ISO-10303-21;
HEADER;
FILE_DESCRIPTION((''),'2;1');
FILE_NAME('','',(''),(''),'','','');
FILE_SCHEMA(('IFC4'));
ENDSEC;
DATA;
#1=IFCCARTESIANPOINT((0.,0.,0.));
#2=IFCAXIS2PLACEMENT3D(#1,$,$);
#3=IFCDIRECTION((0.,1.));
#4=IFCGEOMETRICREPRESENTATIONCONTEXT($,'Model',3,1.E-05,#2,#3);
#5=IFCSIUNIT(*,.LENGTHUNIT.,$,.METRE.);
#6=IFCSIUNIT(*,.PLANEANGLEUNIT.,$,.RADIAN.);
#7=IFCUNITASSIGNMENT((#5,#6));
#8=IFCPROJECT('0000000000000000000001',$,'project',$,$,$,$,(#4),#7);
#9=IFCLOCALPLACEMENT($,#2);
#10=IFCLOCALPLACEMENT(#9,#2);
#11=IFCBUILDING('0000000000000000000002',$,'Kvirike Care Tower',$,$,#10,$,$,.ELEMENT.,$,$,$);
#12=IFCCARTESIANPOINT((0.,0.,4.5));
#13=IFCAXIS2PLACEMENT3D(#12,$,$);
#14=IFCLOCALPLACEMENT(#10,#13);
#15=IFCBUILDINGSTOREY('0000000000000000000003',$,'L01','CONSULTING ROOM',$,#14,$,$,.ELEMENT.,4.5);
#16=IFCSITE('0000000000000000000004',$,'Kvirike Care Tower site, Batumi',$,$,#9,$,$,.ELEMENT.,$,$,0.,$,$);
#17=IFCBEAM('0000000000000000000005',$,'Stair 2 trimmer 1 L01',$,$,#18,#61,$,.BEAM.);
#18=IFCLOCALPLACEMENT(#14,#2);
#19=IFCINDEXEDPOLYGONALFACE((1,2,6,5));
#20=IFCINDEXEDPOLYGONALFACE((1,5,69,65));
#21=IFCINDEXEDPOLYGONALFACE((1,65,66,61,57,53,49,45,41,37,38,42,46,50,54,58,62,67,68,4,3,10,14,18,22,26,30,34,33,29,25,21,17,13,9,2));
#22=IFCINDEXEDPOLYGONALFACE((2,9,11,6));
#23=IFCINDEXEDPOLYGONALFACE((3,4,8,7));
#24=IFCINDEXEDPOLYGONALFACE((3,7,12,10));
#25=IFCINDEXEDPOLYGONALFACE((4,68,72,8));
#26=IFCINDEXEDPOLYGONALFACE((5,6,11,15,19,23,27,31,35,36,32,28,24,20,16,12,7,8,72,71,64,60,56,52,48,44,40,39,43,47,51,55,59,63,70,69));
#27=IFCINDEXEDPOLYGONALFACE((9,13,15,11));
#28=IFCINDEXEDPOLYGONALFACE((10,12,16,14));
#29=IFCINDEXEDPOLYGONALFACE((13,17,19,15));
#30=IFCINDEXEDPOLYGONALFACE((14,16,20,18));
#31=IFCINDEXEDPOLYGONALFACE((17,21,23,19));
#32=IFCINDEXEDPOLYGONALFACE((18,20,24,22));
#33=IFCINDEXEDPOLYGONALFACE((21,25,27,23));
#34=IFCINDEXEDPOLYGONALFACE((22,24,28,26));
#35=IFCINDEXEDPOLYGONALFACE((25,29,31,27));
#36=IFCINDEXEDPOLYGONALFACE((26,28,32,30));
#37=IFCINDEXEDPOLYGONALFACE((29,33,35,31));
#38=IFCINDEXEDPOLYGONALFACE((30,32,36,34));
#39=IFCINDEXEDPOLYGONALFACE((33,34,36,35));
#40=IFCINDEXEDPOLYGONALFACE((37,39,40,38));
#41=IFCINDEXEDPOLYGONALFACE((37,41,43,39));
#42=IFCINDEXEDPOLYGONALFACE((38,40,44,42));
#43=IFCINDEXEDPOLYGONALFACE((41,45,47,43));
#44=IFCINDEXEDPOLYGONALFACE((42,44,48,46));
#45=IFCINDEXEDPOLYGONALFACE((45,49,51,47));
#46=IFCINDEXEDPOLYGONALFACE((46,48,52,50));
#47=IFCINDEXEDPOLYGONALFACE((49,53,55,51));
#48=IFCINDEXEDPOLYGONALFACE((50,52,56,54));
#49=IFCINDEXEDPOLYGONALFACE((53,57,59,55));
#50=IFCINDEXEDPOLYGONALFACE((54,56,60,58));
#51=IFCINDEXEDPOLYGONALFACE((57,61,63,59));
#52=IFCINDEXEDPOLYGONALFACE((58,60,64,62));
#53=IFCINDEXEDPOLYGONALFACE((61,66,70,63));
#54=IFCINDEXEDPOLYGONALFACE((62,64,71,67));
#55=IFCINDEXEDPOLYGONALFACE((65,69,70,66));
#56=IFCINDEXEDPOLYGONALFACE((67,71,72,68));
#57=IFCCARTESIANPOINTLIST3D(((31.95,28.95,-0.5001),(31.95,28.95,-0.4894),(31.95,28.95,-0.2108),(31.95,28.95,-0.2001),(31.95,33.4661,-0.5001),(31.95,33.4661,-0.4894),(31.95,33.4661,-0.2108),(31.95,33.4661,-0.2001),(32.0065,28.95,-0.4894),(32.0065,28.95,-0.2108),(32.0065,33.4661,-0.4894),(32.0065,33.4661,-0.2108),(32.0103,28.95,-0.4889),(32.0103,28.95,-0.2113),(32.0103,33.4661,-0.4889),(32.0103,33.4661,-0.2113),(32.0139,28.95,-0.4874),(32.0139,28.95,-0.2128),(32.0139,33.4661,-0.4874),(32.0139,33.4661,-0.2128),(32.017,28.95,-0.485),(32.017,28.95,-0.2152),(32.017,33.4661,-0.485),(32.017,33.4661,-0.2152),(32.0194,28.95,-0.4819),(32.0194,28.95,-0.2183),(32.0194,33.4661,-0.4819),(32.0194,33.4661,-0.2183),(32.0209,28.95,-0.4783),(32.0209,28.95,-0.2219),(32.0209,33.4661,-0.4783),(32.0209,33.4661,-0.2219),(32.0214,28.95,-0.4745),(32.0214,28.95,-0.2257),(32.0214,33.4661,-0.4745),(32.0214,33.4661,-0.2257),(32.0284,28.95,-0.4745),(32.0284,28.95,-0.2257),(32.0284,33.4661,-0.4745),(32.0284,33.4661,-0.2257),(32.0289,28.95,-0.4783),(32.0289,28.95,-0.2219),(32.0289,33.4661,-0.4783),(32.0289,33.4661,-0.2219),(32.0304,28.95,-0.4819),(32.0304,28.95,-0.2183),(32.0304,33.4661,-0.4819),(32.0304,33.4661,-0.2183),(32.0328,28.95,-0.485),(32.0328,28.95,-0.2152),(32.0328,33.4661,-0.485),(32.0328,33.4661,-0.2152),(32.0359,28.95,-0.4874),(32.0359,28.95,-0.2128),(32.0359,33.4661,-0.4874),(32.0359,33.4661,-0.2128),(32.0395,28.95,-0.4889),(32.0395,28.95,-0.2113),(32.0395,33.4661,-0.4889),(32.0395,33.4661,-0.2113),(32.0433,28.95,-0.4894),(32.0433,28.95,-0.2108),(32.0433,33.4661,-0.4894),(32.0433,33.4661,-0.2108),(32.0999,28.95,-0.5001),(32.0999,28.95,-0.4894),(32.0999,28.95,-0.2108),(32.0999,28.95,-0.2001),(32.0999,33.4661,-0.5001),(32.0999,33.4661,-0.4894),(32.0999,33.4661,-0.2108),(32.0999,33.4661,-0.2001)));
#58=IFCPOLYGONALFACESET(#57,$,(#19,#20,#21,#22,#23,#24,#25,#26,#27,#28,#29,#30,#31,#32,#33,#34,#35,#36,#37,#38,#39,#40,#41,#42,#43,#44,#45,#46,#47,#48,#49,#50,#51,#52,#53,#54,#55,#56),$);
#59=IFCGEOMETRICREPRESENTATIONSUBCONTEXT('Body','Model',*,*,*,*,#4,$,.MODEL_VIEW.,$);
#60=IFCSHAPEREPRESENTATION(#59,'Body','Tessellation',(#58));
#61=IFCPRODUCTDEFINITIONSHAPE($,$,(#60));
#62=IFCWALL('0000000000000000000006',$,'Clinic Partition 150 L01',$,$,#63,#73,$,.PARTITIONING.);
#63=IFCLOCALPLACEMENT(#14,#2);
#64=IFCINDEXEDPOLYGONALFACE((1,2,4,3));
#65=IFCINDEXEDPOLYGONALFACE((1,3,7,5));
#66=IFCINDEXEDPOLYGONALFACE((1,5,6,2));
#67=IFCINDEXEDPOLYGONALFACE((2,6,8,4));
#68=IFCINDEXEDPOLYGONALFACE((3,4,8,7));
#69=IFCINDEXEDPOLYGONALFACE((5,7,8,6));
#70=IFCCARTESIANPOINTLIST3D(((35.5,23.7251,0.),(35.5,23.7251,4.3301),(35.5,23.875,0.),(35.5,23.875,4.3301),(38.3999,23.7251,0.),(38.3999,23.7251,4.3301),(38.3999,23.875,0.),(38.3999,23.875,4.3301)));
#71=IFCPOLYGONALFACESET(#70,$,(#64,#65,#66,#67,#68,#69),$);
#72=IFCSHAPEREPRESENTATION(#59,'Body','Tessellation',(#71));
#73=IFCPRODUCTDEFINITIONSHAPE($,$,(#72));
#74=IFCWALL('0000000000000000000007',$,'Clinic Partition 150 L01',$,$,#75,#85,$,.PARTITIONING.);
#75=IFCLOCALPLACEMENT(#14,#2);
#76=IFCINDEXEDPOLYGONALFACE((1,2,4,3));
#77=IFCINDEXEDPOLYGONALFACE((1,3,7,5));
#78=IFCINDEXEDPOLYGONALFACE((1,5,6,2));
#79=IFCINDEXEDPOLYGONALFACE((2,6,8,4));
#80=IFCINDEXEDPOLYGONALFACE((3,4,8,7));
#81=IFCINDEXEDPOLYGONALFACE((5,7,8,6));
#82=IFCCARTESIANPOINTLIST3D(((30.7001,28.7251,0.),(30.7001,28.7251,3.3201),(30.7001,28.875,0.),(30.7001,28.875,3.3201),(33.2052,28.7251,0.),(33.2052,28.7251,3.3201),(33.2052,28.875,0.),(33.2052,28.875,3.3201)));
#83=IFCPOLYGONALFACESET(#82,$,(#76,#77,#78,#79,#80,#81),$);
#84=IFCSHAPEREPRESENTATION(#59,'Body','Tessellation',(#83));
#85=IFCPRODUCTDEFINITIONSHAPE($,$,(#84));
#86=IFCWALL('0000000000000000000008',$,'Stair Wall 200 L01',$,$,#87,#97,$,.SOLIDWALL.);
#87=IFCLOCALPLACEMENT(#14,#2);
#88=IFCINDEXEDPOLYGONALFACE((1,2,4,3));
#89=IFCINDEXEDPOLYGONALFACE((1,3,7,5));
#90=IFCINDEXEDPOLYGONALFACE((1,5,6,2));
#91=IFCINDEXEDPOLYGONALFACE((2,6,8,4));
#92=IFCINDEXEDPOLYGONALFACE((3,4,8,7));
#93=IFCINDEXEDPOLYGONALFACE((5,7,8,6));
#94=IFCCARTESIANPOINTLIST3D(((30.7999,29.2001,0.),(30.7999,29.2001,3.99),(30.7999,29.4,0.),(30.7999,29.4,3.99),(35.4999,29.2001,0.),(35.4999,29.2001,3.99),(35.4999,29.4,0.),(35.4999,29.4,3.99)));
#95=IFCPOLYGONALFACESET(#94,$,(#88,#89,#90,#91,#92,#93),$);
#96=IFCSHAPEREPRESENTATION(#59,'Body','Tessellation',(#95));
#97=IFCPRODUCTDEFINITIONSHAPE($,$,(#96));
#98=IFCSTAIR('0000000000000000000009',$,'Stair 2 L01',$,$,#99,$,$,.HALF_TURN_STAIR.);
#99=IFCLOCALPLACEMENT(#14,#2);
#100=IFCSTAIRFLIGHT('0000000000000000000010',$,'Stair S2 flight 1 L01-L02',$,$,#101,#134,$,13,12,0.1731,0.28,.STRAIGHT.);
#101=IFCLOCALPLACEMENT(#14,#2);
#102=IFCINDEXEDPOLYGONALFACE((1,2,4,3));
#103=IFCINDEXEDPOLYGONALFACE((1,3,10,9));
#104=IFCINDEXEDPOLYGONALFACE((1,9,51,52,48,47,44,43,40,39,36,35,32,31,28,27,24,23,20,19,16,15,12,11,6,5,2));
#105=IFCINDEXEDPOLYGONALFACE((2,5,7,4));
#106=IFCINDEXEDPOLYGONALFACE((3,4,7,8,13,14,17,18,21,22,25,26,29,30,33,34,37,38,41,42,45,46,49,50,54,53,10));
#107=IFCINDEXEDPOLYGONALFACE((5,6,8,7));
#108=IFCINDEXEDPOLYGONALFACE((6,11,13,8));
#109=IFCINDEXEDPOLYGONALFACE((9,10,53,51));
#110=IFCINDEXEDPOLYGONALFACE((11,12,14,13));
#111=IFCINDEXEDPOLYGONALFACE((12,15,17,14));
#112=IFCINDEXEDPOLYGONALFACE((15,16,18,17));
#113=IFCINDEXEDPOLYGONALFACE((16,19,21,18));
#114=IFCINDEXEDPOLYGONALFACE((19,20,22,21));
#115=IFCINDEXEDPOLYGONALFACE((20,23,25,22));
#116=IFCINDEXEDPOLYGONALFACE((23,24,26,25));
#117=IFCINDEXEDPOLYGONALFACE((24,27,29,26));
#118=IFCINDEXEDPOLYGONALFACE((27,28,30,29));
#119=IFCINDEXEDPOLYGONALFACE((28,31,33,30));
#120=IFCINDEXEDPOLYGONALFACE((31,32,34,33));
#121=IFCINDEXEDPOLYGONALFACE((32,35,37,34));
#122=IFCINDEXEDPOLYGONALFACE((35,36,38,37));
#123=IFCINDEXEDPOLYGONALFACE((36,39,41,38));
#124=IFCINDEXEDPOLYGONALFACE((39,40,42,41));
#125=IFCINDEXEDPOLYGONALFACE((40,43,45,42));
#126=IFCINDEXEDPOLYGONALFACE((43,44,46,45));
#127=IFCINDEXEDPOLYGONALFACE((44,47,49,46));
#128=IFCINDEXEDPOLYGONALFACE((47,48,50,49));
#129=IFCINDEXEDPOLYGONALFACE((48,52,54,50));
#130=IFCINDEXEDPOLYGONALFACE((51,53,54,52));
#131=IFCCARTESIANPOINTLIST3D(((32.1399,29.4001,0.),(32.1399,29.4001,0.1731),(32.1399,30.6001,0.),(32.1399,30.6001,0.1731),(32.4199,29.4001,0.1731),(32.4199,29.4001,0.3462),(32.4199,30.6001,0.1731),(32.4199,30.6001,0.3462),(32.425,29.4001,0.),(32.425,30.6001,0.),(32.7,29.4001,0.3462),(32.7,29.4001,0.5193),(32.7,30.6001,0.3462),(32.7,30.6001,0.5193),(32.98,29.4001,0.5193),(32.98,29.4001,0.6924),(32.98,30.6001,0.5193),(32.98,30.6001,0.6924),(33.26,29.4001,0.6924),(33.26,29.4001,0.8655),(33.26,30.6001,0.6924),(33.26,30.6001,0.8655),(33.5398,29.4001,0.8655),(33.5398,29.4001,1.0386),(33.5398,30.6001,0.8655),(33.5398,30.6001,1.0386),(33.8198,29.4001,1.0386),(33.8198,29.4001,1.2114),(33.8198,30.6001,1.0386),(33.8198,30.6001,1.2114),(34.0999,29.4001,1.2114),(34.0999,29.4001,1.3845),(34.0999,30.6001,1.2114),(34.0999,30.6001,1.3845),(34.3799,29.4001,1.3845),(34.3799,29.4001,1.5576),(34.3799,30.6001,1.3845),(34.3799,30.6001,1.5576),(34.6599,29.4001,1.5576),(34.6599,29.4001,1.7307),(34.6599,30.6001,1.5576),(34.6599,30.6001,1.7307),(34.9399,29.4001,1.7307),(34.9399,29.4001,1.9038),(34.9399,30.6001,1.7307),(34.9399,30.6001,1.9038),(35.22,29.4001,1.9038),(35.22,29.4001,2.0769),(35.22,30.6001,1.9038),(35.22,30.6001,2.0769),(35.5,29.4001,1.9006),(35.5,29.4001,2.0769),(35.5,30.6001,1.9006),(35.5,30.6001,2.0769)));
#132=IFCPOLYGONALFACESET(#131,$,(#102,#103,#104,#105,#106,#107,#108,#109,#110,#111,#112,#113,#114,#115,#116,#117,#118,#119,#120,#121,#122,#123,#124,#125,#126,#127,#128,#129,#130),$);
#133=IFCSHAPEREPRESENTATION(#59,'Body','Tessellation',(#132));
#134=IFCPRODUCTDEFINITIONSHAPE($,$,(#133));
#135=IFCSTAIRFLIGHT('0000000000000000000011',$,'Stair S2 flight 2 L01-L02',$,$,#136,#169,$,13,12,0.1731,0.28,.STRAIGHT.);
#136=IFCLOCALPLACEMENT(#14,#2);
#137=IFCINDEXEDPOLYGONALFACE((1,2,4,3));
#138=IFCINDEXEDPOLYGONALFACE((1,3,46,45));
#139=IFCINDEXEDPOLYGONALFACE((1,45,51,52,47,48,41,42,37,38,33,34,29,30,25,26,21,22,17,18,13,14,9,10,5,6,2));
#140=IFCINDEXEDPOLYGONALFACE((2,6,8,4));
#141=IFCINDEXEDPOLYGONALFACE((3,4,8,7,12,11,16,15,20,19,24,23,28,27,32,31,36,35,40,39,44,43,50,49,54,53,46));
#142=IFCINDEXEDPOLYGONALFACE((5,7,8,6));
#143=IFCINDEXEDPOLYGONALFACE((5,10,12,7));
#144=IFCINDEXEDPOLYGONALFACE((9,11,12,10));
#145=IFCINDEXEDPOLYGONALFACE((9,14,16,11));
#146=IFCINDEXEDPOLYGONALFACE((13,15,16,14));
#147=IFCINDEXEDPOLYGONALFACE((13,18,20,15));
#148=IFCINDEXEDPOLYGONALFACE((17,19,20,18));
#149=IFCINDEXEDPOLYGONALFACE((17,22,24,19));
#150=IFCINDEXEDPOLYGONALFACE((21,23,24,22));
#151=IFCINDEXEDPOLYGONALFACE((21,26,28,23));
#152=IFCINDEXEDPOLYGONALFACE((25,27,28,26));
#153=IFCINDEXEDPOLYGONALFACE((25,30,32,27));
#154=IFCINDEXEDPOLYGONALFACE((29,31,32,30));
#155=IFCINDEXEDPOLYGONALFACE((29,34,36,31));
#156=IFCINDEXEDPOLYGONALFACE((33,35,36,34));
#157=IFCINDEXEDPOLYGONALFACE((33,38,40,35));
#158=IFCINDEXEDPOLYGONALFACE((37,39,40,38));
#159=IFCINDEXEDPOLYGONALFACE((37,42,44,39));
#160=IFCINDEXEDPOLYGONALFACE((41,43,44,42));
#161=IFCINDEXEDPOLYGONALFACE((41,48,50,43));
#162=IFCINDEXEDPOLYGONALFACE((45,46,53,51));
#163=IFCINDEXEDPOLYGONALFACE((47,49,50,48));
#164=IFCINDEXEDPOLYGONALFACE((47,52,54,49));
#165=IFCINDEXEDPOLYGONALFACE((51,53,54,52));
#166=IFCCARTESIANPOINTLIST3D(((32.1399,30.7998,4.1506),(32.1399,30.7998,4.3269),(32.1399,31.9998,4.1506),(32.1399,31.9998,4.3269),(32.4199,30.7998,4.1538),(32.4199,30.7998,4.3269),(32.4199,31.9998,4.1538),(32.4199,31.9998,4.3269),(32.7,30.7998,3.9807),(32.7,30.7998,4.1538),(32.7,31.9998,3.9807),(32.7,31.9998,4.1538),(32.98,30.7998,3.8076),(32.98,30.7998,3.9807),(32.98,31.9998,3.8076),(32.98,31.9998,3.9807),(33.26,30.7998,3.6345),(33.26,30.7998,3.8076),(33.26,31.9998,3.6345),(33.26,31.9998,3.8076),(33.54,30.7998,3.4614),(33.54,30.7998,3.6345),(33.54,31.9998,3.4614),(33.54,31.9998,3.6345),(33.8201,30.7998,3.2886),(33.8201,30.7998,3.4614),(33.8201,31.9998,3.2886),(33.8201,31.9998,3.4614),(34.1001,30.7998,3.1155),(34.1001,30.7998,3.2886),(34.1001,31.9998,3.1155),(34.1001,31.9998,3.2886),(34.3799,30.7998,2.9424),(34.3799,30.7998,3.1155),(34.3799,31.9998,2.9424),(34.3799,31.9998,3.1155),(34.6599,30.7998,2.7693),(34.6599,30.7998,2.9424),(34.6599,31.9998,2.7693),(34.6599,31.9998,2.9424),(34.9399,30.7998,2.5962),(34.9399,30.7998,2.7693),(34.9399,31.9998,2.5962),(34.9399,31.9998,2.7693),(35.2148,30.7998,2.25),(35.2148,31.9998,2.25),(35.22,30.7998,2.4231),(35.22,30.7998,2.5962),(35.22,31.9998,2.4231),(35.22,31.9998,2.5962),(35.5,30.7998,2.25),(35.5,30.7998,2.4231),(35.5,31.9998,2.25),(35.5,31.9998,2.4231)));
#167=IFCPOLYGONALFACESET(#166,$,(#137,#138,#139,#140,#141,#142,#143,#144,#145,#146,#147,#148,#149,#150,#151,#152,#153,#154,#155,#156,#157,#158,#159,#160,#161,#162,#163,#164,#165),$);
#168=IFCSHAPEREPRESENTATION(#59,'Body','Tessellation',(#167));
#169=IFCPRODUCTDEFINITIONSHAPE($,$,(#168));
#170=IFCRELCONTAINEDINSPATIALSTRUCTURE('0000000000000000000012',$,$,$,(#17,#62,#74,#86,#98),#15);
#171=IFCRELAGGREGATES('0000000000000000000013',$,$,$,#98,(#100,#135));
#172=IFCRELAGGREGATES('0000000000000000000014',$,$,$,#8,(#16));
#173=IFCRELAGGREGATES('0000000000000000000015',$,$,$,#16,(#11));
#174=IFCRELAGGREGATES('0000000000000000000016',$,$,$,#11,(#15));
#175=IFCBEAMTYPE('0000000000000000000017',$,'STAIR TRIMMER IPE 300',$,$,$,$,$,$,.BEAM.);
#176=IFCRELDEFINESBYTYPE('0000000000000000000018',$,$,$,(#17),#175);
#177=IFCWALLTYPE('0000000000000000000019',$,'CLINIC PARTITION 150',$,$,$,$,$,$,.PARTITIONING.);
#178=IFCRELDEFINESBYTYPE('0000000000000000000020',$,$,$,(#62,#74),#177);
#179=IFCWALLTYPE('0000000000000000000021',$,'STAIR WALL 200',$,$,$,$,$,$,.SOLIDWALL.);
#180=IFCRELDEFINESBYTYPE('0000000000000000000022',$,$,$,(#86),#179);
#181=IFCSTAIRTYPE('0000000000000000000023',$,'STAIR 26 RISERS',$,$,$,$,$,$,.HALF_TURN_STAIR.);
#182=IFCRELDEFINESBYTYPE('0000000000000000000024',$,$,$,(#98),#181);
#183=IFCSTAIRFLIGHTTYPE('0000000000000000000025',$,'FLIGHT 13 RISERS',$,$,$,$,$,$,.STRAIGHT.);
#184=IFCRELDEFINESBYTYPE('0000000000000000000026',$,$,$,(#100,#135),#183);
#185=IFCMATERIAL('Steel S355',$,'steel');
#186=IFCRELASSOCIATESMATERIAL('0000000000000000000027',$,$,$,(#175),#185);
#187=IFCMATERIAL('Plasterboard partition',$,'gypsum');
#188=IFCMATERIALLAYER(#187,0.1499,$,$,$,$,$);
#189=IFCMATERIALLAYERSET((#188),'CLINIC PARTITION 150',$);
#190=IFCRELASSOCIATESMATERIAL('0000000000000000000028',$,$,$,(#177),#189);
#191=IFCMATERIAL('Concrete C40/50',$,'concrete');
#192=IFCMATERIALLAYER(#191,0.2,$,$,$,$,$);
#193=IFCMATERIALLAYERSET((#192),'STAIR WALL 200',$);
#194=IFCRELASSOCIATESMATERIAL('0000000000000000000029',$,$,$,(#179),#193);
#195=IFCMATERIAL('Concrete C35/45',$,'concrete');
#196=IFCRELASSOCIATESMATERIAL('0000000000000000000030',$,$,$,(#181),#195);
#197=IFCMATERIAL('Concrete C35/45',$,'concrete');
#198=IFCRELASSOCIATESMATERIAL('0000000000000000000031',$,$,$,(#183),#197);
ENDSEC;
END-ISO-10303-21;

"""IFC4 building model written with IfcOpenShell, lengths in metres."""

from ifc_helpers import new_model, si_unit, direction, frame, frame_2d, origin, origin_2d, place, context, subcontext, project, spatial, polyline, rectangle, i_section, outline, extrude, material, layer, layer_set, material_profile, profile_set, type_object, element, aggregate, save


model = new_model("IFC4")

# Units and contexts
model_context = context("Model", 3, precision=1e-05, world=origin(), true_north=direction((0.0, 1.0)))
body_context = subcontext(model_context, "Body", "Model", "MODEL_VIEW")
ifc_project = project(units=[si_unit("LENGTHUNIT", "METRE"), si_unit("PLANEANGLEUNIT", "RADIAN")], contexts=[model_context])

# Site, building, storey
site_placement = place(None, origin())
site = spatial("IfcSite", under=ifc_project, at=site_placement, Name="Kvirike Care Tower site, Batumi", CompositionType="ELEMENT", RefElevation=0.0)
building_placement = place(site_placement, origin())
building = spatial("IfcBuilding", under=site, at=building_placement, Name="Kvirike Care Tower", CompositionType="ELEMENT")
storey_placement = place(building_placement, frame((0.0, 0.0, 4.5)))
storey = spatial("IfcBuildingStorey", under=building, at=storey_placement, Name="L01", Description="CONSULTING ROOM", CompositionType="ELEMENT", Elevation=4.5)

# Beam
ifc_material_1 = material(Name="Steel S355", Category="steel")
ifc_material_profile_1 = material_profile(ifc_material_1, i_section(OverallWidth=0.1499, OverallDepth=0.3, WebThickness=0.0071, FlangeThickness=0.0107, FilletRadius=0.0149, at=origin_2d()), Name="IPE 300")
ifc_profile_set_1 = profile_set([ifc_material_profile_1], Name="Steel S355")
beam_type_1 = type_object("IfcBeamType", Name="STAIR TRIMMER IPE 300", PredefinedType="BEAM", material=ifc_profile_set_1)
beam_1_placement = place(storey_placement, frame((32.0249, 28.95, -0.3501), z_axis=(0.0, 1.0, 0.0), x_axis=(-1.0, 0.0, 0.0)))
element("IfcBeam", 1, at=beam_1_placement, inside=storey, type_object=beam_type_1, Name="Stair 2 trimmer 1 L01", PredefinedType="BEAM", context=body_context, shape_type="SweptSolid", body=[
    extrude(i_section(OverallWidth=0.1499, OverallDepth=0.3, WebThickness=0.0071, FlangeThickness=0.0107, FilletRadius=0.0149, at=origin_2d()), origin(), (0.0, 0.0, 1.0), 4.5161),
])

# Walls
ifc_material_2 = material(Name="Plasterboard partition", Category="gypsum")
ifc_layer_1 = layer(ifc_material_2, 0.1499)
ifc_layer_set_1 = layer_set([ifc_layer_1], Name="CLINIC PARTITION 150")
wall_type_1 = type_object("IfcWallType", Name="CLINIC PARTITION 150", PredefinedType="PARTITIONING", material=ifc_layer_set_1)
wall_1_placement = place(storey_placement, frame((35.5, 23.8, 0.0), z_axis=(0.0, 0.0, 1.0), x_axis=(1.0, 0.0, 0.0)))
element("IfcWall", 2, at=wall_1_placement, inside=storey, type_object=wall_type_1, Name="Clinic Partition 150 L01", PredefinedType="PARTITIONING", context=body_context, shape_type="SweptSolid", body=[
    extrude(rectangle(XDim=2.8999, YDim=0.1499, at=frame_2d((1.45, 0.0))), origin(), (0.0, 0.0, 1.0), 4.3301),
])
wall_2_placement = place(storey_placement, frame((33.2051, 28.8, 0.0), z_axis=(0.0, 0.0, 1.0), x_axis=(-1.0, 0.0, 0.0)))
element("IfcWall", 3, at=wall_2_placement, inside=storey, type_object=wall_type_1, Name="Clinic Partition 150 L01", PredefinedType="PARTITIONING", context=body_context, shape_type="SweptSolid", body=[
    extrude(rectangle(XDim=2.5051, YDim=0.1499, at=frame_2d((1.2524, 0.0))), origin(), (0.0, 0.0, 1.0), 3.3201),
])
ifc_material_3 = material(Name="Concrete C40/50", Category="concrete")
ifc_layer_2 = layer(ifc_material_3, 0.2)
ifc_layer_set_2 = layer_set([ifc_layer_2], Name="STAIR WALL 200")
wall_type_2 = type_object("IfcWallType", Name="STAIR WALL 200", PredefinedType="SOLIDWALL", material=ifc_layer_set_2)
wall_3_placement = place(storey_placement, frame((35.5, 29.3, 0.0), z_axis=(0.0, 0.0, 1.0), x_axis=(-1.0, 0.0, 0.0)))
element("IfcWall", 4, at=wall_3_placement, inside=storey, type_object=wall_type_2, Name="Stair Wall 200 L01", PredefinedType="SOLIDWALL", context=body_context, shape_type="SweptSolid", body=[
    extrude(rectangle(XDim=4.7, YDim=0.2, at=frame_2d((2.3501, 0.0))), origin(), (0.0, 0.0, 1.0), 3.99),
])

# Stair, stair flights
ifc_material_4 = material(Name="Concrete C35/45", Category="concrete")
stair_type = type_object("IfcStairType", Name="STAIR 26 RISERS", PredefinedType="HALF_TURN_STAIR", material=ifc_material_4)
stair_placement = place(storey_placement, origin())
stair = element("IfcStair", 5, at=stair_placement, inside=storey, type_object=stair_type, Name="Stair 2 L01", PredefinedType="HALF_TURN_STAIR")
ifc_material_5 = material(Name="Concrete C35/45", Category="concrete")
stair_flight_type = type_object("IfcStairFlightType", Name="FLIGHT 13 RISERS", PredefinedType="STRAIGHT", material=ifc_material_5)
stair_flight_1_placement = place(storey_placement, frame((32.1399, 30.0, 0.0), z_axis=(0.0, 0.0, 1.0), x_axis=(1.0, 0.0, 0.0)))
stair_flight_1 = element("IfcStairFlight", 6, at=stair_flight_1_placement, type_object=stair_flight_type, Name="Stair S2 flight 1 L01-L02", NumberOfRisers=13, NumberOfTreads=12, PredefinedType="STRAIGHT", RiserHeight=0.1731, TreadLength=0.28, context=body_context, shape_type="SweptSolid", body=[
    extrude(outline(polyline([(0.0, 0.0), (0.0, 0.1731), (0.28, 0.1731), (0.28, 0.3462), (0.5601, 0.3462), (0.5601, 0.5193), (0.8401, 0.5193), (0.8401, 0.6924), (1.1201, 0.6924), (1.1201, 0.8655), (1.3999, 0.8655), (1.3999, 1.0386), (1.6799, 1.0386), (1.6799, 1.2114), (1.96, 1.2114), (1.96, 1.3845), (2.24, 1.3845), (2.24, 1.5576), (2.52, 1.5576), (2.52, 1.7307), (2.8, 1.7307), (2.8, 1.9038), (3.0801, 1.9038), (3.0801, 2.0769), (3.3601, 2.0769), (3.3601, 2.25), (3.3601, 1.9006), (0.2852, 0.0), (0.0, 0.0)])), frame((0.0, 0.6001, 0.0), z_axis=(0.0, -1.0, 0.0), x_axis=(1.0, 0.0, 0.0)), (0.0, 0.0, 1.0), 1.2),
])
stair_flight_2_placement = place(storey_placement, frame((35.5, 31.3999, 2.25), z_axis=(0.0, 0.0, 1.0), x_axis=(-1.0, 0.0, 0.0)))
stair_flight_2 = element("IfcStairFlight", 7, at=stair_flight_2_placement, type_object=stair_flight_type, Name="Stair S2 flight 2 L01-L02", NumberOfRisers=13, NumberOfTreads=12, PredefinedType="STRAIGHT", RiserHeight=0.1731, TreadLength=0.28, context=body_context, shape_type="SweptSolid", body=[
    extrude(outline(polyline([(0.0, 0.0), (0.0, 0.1731), (0.28, 0.1731), (0.28, 0.3462), (0.5601, 0.3462), (0.5601, 0.5193), (0.8401, 0.5193), (0.8401, 0.6924), (1.1201, 0.6924), (1.1201, 0.8655), (1.3999, 0.8655), (1.3999, 1.0386), (1.6799, 1.0386), (1.6799, 1.2114), (1.96, 1.2114), (1.96, 1.3845), (2.24, 1.3845), (2.24, 1.5576), (2.52, 1.5576), (2.52, 1.7307), (2.8, 1.7307), (2.8, 1.9038), (3.0801, 1.9038), (3.0801, 2.0769), (3.3601, 2.0769), (3.3601, 2.25), (3.3601, 1.9006), (0.2852, 0.0), (0.0, 0.0)])), frame((0.0, 0.6001, 0.0), z_axis=(0.0, -1.0, 0.0), x_axis=(1.0, 0.0, 0.0)), (0.0, 0.0, 1.0), 1.2),
])
aggregate(stair, [stair_flight_1, stair_flight_2])

save(model, "model.ifc")
